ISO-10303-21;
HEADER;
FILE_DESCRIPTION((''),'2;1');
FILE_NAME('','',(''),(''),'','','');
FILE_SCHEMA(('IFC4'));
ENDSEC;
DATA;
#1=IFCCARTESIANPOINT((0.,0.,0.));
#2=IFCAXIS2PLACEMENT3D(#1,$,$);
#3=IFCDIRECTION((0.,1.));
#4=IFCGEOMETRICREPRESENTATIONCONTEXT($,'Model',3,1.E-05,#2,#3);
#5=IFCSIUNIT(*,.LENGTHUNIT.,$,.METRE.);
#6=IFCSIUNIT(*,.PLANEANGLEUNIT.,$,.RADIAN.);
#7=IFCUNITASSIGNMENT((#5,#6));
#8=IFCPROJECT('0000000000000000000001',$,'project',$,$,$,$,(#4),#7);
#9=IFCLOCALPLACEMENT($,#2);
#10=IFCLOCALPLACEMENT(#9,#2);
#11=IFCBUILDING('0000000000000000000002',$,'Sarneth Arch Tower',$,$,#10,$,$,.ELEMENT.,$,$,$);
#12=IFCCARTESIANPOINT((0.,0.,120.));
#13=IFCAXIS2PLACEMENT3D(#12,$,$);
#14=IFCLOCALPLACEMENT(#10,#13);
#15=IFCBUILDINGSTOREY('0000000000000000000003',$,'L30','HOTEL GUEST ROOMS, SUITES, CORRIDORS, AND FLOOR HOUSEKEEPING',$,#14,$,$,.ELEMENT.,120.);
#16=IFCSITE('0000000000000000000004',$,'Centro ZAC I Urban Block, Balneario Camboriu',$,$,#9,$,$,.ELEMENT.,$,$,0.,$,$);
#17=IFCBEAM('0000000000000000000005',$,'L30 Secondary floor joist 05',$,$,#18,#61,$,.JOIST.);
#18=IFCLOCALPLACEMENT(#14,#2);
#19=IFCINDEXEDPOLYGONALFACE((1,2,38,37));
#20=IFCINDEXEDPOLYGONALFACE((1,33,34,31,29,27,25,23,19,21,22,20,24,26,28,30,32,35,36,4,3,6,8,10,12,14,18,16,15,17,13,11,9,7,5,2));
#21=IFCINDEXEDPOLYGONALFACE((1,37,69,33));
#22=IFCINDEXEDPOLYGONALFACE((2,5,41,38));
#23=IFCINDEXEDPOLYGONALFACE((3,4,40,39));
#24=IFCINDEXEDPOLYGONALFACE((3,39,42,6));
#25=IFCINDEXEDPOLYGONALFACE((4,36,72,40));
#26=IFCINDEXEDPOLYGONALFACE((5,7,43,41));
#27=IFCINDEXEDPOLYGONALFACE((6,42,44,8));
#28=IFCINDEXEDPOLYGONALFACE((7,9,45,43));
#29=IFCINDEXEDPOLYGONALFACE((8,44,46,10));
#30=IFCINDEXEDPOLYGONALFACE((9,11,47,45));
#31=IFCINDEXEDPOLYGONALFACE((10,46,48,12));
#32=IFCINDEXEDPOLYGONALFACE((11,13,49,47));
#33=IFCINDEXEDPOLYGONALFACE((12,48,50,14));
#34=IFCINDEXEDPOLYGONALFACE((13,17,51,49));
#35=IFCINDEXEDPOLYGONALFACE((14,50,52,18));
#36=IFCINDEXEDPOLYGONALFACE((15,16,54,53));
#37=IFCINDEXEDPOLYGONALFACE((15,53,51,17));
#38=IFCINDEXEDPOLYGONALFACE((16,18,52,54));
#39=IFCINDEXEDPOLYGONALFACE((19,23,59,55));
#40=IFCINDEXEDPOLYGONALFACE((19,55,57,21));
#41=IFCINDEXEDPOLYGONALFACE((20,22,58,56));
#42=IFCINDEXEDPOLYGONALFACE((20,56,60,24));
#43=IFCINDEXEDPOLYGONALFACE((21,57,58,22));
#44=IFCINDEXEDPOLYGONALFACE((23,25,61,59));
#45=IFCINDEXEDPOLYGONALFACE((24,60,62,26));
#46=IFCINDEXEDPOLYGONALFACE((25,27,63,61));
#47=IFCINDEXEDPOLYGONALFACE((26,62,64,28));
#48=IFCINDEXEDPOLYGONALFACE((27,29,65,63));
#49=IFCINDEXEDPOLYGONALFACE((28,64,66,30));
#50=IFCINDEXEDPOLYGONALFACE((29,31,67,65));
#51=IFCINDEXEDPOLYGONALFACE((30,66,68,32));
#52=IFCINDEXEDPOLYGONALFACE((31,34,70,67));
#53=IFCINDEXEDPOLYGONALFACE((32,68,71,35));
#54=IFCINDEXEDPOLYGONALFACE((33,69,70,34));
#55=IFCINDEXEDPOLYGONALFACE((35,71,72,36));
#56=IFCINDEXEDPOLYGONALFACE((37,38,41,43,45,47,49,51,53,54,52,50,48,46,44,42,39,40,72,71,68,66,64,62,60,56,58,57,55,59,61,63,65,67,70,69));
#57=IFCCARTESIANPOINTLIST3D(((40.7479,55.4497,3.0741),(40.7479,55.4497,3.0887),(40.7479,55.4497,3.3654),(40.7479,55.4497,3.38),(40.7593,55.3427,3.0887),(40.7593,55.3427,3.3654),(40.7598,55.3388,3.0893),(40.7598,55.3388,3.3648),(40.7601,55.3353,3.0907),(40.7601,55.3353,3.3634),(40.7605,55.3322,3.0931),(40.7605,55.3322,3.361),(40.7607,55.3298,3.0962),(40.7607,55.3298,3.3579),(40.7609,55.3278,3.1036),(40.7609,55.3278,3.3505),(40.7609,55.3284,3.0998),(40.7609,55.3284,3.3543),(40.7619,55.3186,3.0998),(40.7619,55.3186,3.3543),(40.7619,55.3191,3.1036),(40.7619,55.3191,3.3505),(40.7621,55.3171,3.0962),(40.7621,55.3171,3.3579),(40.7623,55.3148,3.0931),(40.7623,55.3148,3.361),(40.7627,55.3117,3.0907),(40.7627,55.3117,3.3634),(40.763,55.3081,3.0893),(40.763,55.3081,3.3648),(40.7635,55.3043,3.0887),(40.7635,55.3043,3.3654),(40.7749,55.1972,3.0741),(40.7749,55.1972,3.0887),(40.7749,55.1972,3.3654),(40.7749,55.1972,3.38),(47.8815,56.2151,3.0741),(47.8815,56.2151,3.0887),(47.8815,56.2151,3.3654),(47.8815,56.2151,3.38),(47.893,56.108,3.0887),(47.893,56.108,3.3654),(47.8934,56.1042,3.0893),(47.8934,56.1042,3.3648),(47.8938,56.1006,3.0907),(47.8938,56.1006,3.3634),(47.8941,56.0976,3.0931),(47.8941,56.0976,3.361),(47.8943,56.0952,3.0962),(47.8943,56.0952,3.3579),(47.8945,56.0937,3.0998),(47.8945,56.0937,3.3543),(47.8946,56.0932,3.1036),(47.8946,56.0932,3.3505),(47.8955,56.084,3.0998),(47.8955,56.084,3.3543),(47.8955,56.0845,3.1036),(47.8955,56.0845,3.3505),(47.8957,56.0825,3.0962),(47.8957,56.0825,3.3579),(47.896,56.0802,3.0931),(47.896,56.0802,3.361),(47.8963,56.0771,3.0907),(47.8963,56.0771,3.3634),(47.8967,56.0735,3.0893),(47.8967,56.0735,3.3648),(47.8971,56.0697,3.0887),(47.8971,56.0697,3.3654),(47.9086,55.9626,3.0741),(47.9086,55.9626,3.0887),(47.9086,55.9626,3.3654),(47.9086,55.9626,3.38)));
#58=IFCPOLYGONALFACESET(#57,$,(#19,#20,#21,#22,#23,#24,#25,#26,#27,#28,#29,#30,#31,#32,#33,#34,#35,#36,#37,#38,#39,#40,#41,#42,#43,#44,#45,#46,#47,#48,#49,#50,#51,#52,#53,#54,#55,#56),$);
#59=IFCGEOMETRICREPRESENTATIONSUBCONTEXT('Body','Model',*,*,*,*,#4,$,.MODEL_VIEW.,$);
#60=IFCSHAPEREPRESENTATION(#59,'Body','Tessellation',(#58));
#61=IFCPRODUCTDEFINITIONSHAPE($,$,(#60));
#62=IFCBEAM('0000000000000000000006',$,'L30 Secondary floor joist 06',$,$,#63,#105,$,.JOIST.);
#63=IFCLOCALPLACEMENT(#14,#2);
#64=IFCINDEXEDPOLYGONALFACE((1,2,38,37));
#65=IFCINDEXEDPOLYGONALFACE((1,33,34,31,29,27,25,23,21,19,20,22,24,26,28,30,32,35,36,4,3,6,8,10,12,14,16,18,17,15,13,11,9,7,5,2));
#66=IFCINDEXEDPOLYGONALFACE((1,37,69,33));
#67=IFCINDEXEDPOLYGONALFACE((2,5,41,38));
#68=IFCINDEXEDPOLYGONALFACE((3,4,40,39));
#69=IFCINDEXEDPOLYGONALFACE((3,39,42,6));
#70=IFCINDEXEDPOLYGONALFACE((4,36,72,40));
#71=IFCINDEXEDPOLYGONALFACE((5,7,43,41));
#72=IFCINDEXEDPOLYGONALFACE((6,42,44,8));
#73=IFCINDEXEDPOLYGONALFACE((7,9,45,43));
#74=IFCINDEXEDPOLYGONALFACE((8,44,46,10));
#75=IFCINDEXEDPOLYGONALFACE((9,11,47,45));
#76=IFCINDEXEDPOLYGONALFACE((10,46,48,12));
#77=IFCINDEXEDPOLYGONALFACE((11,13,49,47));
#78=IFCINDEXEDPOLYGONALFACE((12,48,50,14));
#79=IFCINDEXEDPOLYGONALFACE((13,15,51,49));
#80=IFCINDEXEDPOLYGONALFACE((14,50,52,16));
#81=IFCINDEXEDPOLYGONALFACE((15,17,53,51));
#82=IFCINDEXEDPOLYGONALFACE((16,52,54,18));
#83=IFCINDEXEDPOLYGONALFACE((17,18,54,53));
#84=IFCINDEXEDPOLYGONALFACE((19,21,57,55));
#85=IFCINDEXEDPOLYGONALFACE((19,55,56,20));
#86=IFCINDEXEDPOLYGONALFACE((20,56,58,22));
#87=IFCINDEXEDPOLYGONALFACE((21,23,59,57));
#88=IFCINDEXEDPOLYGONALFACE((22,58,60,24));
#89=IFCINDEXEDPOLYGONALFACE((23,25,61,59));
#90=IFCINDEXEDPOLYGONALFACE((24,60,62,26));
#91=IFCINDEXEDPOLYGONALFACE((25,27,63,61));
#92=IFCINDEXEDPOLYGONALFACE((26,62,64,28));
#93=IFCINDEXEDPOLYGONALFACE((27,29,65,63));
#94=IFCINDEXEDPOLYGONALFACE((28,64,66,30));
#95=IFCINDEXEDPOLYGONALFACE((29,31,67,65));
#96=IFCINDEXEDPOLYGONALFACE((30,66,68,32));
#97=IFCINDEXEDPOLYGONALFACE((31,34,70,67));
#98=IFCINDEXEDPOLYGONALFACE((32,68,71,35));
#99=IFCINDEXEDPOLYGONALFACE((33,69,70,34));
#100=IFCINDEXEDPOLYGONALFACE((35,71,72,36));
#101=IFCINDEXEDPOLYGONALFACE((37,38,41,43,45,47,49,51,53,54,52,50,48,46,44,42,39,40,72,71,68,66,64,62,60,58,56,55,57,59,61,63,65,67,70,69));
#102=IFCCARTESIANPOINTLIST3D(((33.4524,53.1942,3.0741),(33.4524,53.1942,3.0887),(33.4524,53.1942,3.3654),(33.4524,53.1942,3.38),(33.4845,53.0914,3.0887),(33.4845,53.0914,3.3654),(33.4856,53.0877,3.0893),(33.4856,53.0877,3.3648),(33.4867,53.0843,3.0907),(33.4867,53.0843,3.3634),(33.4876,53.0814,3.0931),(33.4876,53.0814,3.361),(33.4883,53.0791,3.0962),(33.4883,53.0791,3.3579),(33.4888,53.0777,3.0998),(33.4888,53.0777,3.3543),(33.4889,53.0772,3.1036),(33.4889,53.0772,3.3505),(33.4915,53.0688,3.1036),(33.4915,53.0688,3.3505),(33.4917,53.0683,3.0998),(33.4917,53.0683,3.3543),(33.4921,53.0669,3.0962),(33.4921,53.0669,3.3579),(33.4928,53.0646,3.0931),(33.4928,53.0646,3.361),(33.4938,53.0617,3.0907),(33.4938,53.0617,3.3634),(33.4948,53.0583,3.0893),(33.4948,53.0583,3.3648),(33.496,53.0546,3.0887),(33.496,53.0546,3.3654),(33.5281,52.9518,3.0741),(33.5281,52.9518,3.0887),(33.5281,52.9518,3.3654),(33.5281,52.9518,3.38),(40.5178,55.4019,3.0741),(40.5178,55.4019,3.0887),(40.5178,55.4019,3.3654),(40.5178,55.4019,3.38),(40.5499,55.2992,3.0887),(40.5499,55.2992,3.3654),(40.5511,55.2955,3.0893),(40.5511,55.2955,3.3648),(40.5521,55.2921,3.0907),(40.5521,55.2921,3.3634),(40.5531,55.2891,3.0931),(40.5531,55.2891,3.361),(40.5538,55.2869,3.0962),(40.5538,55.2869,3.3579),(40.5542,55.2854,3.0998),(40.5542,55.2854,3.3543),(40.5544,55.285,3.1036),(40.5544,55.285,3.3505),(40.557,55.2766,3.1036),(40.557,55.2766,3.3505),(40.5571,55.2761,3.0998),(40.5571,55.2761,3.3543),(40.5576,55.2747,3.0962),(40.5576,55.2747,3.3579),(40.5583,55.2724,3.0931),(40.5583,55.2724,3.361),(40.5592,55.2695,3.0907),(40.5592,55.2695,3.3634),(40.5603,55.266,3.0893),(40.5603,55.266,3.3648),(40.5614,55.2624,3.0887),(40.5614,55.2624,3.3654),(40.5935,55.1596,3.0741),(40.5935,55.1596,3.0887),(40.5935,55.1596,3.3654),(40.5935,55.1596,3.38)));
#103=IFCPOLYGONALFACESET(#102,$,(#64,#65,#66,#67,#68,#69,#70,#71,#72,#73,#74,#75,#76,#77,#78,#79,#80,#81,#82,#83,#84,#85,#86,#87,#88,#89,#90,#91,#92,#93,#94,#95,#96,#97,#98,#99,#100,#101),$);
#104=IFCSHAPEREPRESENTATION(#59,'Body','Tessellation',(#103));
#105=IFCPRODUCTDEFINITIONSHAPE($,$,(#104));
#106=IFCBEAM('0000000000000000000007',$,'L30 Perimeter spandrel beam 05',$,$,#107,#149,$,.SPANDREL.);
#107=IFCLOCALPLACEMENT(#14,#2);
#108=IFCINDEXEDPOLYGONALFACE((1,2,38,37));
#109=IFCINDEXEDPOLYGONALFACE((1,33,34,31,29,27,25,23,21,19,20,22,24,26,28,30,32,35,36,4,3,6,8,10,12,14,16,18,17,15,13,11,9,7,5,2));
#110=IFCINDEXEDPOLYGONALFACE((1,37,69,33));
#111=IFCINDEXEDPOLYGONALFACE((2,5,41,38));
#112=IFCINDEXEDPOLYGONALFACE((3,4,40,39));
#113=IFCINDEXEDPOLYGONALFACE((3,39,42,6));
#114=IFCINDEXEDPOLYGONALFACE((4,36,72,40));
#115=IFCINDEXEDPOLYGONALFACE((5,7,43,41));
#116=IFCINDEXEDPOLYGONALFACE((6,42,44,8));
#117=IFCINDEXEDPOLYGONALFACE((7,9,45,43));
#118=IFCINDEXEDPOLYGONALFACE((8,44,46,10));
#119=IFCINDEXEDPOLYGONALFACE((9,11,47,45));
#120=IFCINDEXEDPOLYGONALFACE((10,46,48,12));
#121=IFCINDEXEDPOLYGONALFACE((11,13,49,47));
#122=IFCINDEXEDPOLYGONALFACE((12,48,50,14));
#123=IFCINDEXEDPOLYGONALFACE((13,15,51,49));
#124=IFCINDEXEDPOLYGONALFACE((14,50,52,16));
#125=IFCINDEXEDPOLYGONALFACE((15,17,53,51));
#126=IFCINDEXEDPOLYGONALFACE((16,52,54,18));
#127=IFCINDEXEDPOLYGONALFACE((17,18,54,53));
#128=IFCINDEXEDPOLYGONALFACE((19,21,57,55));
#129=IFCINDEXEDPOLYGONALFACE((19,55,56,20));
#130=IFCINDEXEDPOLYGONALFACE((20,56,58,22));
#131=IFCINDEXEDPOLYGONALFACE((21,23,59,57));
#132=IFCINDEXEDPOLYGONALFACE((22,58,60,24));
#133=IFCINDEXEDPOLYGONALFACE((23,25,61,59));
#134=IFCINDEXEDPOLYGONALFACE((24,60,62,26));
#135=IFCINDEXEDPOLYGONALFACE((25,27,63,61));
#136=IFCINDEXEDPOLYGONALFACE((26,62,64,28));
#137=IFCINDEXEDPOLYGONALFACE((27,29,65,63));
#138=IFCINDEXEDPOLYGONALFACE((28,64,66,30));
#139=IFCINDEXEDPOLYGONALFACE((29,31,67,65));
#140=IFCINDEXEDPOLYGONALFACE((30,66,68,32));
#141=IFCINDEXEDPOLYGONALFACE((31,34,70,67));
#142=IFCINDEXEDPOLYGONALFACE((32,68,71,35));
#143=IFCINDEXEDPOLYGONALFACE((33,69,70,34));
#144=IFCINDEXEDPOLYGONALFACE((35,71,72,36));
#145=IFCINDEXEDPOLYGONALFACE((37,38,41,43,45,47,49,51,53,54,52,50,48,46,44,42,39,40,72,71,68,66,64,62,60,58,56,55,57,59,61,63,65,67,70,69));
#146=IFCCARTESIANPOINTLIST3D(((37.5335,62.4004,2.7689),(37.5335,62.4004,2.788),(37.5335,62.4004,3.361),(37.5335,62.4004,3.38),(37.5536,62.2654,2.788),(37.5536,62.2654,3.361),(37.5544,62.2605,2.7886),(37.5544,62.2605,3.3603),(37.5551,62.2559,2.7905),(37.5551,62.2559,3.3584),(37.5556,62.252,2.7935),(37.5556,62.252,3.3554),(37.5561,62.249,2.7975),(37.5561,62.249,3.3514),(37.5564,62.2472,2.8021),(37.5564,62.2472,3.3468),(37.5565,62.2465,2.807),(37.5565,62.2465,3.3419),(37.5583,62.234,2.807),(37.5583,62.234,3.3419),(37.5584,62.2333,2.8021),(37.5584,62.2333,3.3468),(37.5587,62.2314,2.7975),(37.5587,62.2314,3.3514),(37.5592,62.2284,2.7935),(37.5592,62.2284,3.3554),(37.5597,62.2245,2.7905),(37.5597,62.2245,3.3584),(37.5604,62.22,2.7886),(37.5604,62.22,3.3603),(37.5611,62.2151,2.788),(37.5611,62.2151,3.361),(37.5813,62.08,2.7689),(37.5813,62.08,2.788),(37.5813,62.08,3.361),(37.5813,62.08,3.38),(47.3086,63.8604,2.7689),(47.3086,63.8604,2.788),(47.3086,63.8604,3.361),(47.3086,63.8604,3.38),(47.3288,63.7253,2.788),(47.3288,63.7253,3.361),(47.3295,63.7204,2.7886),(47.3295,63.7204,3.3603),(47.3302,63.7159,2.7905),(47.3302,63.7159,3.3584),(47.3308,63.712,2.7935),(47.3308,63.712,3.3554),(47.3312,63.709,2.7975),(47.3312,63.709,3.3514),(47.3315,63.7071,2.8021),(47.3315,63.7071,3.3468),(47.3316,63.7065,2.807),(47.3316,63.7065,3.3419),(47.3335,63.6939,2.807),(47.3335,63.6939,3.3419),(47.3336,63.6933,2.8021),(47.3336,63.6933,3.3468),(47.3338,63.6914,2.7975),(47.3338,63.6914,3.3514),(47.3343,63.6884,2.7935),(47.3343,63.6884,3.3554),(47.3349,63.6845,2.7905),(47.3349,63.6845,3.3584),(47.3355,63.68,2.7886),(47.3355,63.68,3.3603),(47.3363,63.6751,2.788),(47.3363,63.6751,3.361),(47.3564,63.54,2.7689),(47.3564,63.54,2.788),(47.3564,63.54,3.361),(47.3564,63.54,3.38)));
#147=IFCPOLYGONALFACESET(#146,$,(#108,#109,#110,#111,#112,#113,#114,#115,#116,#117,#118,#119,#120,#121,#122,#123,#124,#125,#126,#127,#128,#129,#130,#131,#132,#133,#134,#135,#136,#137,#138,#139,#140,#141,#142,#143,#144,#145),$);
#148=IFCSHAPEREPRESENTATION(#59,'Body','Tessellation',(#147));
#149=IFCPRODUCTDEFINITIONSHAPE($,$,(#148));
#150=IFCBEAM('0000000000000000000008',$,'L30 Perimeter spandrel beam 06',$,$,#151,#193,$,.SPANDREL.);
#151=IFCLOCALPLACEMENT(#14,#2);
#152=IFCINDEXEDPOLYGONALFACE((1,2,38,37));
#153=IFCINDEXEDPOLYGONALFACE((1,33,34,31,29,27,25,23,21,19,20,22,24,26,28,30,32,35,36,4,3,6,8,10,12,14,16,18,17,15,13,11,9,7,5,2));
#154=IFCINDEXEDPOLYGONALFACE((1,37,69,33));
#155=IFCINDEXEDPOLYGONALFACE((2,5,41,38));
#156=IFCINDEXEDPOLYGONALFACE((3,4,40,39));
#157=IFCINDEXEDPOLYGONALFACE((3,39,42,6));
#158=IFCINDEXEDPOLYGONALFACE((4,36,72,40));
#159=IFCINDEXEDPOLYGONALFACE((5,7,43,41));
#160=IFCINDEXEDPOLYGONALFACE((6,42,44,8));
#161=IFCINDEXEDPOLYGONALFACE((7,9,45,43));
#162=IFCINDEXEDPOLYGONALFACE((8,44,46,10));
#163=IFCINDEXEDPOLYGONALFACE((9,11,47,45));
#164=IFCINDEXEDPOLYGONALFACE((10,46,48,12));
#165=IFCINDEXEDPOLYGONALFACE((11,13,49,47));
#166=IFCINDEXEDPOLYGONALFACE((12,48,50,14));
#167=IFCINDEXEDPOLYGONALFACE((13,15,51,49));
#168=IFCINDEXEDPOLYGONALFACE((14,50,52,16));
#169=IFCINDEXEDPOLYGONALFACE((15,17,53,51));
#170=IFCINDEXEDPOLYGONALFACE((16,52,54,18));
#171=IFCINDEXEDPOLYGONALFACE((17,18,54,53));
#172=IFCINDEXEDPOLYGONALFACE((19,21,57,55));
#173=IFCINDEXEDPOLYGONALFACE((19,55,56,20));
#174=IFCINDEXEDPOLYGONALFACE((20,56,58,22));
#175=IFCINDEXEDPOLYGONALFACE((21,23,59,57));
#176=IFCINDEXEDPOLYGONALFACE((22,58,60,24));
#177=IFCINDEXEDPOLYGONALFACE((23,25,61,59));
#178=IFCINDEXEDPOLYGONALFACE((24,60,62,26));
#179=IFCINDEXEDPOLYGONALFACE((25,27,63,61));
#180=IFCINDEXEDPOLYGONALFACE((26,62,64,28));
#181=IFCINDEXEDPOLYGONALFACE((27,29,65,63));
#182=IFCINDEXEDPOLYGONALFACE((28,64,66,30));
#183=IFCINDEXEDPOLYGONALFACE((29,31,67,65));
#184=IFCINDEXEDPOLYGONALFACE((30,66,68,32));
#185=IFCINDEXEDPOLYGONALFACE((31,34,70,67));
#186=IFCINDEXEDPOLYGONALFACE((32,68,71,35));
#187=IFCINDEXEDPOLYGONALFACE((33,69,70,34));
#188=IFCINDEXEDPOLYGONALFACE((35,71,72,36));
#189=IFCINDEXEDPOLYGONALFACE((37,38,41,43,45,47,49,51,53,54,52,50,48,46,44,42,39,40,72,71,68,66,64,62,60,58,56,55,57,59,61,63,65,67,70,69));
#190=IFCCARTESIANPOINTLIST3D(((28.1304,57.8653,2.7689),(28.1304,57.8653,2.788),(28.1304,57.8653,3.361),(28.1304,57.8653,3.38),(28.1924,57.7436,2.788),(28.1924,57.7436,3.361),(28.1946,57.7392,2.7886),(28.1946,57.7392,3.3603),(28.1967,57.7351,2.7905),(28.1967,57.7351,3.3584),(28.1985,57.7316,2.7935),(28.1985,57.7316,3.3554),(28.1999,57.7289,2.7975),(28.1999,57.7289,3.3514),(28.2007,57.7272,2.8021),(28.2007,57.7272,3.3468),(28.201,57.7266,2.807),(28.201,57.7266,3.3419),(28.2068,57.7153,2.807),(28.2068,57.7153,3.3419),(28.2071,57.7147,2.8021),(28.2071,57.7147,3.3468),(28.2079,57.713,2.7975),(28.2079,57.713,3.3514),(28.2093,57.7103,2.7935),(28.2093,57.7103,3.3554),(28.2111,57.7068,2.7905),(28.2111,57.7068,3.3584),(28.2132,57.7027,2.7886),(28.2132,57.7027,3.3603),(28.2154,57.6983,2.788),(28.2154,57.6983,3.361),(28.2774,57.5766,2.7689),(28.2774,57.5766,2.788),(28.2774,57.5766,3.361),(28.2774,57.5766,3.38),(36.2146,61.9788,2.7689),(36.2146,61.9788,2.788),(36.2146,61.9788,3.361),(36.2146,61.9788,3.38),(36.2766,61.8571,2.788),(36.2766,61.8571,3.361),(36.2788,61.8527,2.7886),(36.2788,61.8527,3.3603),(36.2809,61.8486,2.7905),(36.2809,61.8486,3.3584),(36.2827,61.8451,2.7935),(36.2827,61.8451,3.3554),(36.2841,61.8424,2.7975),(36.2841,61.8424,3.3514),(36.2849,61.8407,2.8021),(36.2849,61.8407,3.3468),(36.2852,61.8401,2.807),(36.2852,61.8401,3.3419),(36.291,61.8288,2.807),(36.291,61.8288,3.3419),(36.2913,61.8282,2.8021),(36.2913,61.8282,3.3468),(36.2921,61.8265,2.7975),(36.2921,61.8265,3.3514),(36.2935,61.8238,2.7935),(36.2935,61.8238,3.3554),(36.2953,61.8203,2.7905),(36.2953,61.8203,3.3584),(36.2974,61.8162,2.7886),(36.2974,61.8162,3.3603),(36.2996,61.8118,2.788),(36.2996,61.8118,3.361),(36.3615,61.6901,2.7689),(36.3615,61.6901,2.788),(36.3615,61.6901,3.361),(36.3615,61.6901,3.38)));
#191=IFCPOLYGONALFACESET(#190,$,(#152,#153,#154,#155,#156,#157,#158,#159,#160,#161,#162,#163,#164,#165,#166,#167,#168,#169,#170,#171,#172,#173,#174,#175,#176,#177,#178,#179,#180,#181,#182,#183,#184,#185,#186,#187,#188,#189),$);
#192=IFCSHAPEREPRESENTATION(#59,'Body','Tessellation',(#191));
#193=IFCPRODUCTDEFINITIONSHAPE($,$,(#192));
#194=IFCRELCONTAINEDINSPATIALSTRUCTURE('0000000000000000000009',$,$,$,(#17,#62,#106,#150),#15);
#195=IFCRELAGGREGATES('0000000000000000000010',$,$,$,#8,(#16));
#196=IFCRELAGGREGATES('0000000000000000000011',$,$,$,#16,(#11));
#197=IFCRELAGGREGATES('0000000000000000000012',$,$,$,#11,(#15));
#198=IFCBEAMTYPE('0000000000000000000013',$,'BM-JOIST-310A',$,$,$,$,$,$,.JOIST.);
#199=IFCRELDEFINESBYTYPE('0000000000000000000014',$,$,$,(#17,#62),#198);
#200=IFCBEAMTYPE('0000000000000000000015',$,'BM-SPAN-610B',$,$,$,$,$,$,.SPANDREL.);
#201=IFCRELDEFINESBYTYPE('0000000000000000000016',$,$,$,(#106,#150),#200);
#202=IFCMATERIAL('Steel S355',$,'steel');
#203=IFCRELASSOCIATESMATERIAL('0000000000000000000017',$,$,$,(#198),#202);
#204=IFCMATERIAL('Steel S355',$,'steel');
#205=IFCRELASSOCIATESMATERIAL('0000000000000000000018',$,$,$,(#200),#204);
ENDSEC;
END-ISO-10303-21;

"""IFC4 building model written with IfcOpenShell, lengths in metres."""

from ifc_helpers import new_model, si_unit, direction, frame, origin, origin_2d, place, context, subcontext, project, spatial, i_section, extrude, material, material_profile, profile_set, type_object, element, save


model = new_model("IFC4")

# Units and contexts
model_context = context("Model", 3, precision=1e-05, world=origin(), true_north=direction((0.0, 1.0)))
body_context = subcontext(model_context, "Body", "Model", "MODEL_VIEW")
ifc_project = project(units=[si_unit("LENGTHUNIT", "METRE"), si_unit("PLANEANGLEUNIT", "RADIAN")], contexts=[model_context])

# Site, building, storey
site_placement = place(None, origin())
site = spatial("IfcSite", under=ifc_project, at=site_placement, Name="Centro ZAC I Urban Block, Balneario Camboriu", CompositionType="ELEMENT", RefElevation=0.0)
building_placement = place(site_placement, origin())
building = spatial("IfcBuilding", under=site, at=building_placement, Name="Sarneth Arch Tower", CompositionType="ELEMENT")
storey_placement = place(building_placement, frame((0.0, 0.0, 120.0)))
storey = spatial("IfcBuildingStorey", under=building, at=storey_placement, Name="L30", Description="HOTEL GUEST ROOMS, SUITES, CORRIDORS, AND FLOOR HOUSEKEEPING", CompositionType="ELEMENT", Elevation=120.0)

# Beams
ifc_material_1 = material(Name="Steel S355", Category="steel")
ifc_material_profile_1 = material_profile(ifc_material_1, i_section(OverallWidth=0.2539, OverallDepth=0.3059, WebThickness=0.0088, FlangeThickness=0.0146, FilletRadius=0.0149, at=origin_2d()), Name="W310x79")
ifc_profile_set_1 = profile_set([ifc_material_profile_1], Name="Steel S355")
beam_type_1 = type_object("IfcBeamType", Name="BM-JOIST-310A", PredefinedType="JOIST", material=ifc_profile_set_1)
beam_1_placement = place(storey_placement, frame((47.895, 56.0889, 3.2271), z_axis=(-0.994293, -0.106681, 0.0), x_axis=(0.106681, -0.994293, 0.0)))
element("IfcBeam", 1, at=beam_1_placement, inside=storey, type_object=beam_type_1, Name="L30 Secondary floor joist 05", PredefinedType="JOIST", context=body_context, shape_type="SweptSolid", body=[
    extrude(i_section(OverallWidth=0.2539, OverallDepth=0.3059, WebThickness=0.0088, FlangeThickness=0.0146, FilletRadius=0.0149, at=origin_2d()), origin(), (0.0, 0.0, 1.0), 7.1746),
])
beam_2_placement = place(storey_placement, frame((40.5557, 55.2808, 3.2271), z_axis=(-0.954487, -0.298252, 0.0), x_axis=(0.298252, -0.954487, 0.0)))
element("IfcBeam", 2, at=beam_2_placement, inside=storey, type_object=beam_type_1, Name="L30 Secondary floor joist 06", PredefinedType="JOIST", context=body_context, shape_type="SweptSolid", body=[
    extrude(i_section(OverallWidth=0.2539, OverallDepth=0.3059, WebThickness=0.0088, FlangeThickness=0.0146, FilletRadius=0.0149, at=origin_2d()), origin(), (0.0, 0.0, 1.0), 7.4023),
])
ifc_material_2 = material(Name="Steel S355", Category="steel")
ifc_material_profile_2 = material_profile(ifc_material_2, i_section(OverallWidth=0.324, OverallDepth=0.6111, WebThickness=0.0127, FlangeThickness=0.019, FilletRadius=0.019, at=origin_2d()), Name="W610x155")
ifc_profile_set_2 = profile_set([ifc_material_profile_2], Name="Steel S355")
beam_type_2 = type_object("IfcBeamType", Name="BM-SPAN-610B", PredefinedType="SPANDREL", material=ifc_profile_set_2)
beam_3_placement = place(storey_placement, frame((47.3325, 63.7002, 3.0745), z_axis=(-0.98903, -0.147716, 0.0), x_axis=(0.147716, -0.98903, 0.0)))
element("IfcBeam", 3, at=beam_3_placement, inside=storey, type_object=beam_type_2, Name="L30 Perimeter spandrel beam 05", PredefinedType="SPANDREL", context=body_context, shape_type="SweptSolid", body=[
    extrude(i_section(OverallWidth=0.324, OverallDepth=0.6111, WebThickness=0.0127, FlangeThickness=0.019, FilletRadius=0.019, at=origin_2d()), origin(), (0.0, 0.0, 1.0), 9.8835),
])
beam_4_placement = place(storey_placement, frame((36.2881, 61.8345, 3.0745), z_axis=(-0.891256, -0.453501, 0.0), x_axis=(0.453501, -0.891256, 0.0)))
element("IfcBeam", 4, at=beam_4_placement, inside=storey, type_object=beam_type_2, Name="L30 Perimeter spandrel beam 06", PredefinedType="SPANDREL", context=body_context, shape_type="SweptSolid", body=[
    extrude(i_section(OverallWidth=0.324, OverallDepth=0.6111, WebThickness=0.0127, FlangeThickness=0.019, FilletRadius=0.019, at=origin_2d()), origin(), (0.0, 0.0, 1.0), 9.0706),
])

save(model, "model.ifc")
